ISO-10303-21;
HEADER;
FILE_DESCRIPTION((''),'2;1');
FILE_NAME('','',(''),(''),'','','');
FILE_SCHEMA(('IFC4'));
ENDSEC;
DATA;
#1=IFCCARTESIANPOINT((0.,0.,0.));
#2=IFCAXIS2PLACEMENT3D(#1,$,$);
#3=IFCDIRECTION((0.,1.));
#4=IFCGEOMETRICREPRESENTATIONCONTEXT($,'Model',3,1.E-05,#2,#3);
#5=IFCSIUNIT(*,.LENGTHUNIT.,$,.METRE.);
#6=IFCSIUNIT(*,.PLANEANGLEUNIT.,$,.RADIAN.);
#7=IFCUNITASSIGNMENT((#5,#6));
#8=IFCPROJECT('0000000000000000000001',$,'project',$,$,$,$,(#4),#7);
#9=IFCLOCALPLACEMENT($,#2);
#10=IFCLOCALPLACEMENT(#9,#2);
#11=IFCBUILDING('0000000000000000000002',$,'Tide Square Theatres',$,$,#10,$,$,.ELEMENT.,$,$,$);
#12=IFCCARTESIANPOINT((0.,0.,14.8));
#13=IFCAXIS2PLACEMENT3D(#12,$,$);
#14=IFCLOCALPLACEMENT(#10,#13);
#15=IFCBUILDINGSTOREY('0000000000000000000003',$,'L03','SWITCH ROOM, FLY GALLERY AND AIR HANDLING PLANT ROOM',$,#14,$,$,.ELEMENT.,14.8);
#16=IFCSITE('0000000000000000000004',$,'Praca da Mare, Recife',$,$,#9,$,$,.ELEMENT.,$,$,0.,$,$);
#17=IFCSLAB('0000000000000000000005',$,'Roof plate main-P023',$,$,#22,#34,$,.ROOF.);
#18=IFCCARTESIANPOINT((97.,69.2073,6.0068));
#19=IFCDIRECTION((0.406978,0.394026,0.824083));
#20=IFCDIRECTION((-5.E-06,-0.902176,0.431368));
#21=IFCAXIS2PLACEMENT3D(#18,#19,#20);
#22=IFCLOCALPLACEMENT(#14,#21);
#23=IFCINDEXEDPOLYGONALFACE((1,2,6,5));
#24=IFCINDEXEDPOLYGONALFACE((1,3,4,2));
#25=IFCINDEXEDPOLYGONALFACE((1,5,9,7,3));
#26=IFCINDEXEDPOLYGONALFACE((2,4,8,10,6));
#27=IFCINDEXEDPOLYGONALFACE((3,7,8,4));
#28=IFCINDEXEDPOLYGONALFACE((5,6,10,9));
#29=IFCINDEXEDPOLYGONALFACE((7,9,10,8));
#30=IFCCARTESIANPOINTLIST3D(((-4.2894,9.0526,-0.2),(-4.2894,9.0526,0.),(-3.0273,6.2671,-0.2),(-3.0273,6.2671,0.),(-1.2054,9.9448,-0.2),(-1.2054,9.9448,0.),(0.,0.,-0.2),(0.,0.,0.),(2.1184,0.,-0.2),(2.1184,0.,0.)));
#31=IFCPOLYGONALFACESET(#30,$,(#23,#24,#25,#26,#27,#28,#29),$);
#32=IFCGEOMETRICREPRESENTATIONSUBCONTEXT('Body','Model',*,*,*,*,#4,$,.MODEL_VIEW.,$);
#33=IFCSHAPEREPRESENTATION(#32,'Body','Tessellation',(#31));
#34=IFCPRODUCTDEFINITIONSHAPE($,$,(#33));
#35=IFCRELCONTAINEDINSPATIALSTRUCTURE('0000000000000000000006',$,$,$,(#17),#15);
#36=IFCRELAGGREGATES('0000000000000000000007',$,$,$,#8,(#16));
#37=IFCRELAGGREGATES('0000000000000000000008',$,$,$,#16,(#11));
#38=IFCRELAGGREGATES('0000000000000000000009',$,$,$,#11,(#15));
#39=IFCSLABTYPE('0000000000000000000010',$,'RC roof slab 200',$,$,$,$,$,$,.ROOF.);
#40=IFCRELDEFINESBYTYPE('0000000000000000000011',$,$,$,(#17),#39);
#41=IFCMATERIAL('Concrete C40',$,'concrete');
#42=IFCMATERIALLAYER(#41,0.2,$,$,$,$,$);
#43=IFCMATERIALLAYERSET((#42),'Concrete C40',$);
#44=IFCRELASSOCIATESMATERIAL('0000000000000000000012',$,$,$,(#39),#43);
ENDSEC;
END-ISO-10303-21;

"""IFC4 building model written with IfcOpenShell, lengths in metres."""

from ifc_helpers import new_model, si_unit, direction, frame, origin, place, context, subcontext, project, spatial, polyline, outline, extrude, material, layer, layer_set, type_object, element, save


model = new_model("IFC4")

# Units and contexts
model_context = context("Model", 3, precision=1e-05, world=origin(), true_north=direction((0.0, 1.0)))
body_context = subcontext(model_context, "Body", "Model", "MODEL_VIEW")
ifc_project = project(units=[si_unit("LENGTHUNIT", "METRE"), si_unit("PLANEANGLEUNIT", "RADIAN")], contexts=[model_context])

# Site, building, storey
site_placement = place(None, origin())
site = spatial("IfcSite", under=ifc_project, at=site_placement, Name="Praca da Mare, Recife", CompositionType="ELEMENT", RefElevation=0.0)
building_placement = place(site_placement, origin())
building = spatial("IfcBuilding", under=site, at=building_placement, Name="Tide Square Theatres", CompositionType="ELEMENT")
storey_placement = place(building_placement, frame((0.0, 0.0, 14.8)))
storey = spatial("IfcBuildingStorey", under=building, at=storey_placement, Name="L03", Description="SWITCH ROOM, FLY GALLERY AND AIR HANDLING PLANT ROOM", CompositionType="ELEMENT", Elevation=14.8)

# Slab
ifc_material_1 = material(Name="Concrete C40", Category="concrete")
ifc_layer_1 = layer(ifc_material_1, 0.2)
ifc_layer_set_1 = layer_set([ifc_layer_1], Name="Concrete C40")
slab_type = type_object("IfcSlabType", Name="RC roof slab 200", PredefinedType="ROOF", material=ifc_layer_set_1)
slab_1_placement = place(storey_placement, frame((97.0, 69.2073, 6.0068), z_axis=(0.406978, 0.394026, 0.824083), x_axis=(-0.000005, -0.902176, 0.431368)))
element("IfcSlab", 1, at=slab_1_placement, inside=storey, type_object=slab_type, Name="Roof plate main-P023", PredefinedType="ROOF", context=body_context, shape_type="SweptSolid", body=[
    extrude(outline(polyline([(0.0, 0.0), (2.1184, 0.0), (-1.2054, 9.9448), (-4.2894, 9.0526), (-3.0273, 6.2671), (0.0, 0.0)])), origin(), (0.0, 0.0, -1.0), 0.2),
])

save(model, "model.ifc")
